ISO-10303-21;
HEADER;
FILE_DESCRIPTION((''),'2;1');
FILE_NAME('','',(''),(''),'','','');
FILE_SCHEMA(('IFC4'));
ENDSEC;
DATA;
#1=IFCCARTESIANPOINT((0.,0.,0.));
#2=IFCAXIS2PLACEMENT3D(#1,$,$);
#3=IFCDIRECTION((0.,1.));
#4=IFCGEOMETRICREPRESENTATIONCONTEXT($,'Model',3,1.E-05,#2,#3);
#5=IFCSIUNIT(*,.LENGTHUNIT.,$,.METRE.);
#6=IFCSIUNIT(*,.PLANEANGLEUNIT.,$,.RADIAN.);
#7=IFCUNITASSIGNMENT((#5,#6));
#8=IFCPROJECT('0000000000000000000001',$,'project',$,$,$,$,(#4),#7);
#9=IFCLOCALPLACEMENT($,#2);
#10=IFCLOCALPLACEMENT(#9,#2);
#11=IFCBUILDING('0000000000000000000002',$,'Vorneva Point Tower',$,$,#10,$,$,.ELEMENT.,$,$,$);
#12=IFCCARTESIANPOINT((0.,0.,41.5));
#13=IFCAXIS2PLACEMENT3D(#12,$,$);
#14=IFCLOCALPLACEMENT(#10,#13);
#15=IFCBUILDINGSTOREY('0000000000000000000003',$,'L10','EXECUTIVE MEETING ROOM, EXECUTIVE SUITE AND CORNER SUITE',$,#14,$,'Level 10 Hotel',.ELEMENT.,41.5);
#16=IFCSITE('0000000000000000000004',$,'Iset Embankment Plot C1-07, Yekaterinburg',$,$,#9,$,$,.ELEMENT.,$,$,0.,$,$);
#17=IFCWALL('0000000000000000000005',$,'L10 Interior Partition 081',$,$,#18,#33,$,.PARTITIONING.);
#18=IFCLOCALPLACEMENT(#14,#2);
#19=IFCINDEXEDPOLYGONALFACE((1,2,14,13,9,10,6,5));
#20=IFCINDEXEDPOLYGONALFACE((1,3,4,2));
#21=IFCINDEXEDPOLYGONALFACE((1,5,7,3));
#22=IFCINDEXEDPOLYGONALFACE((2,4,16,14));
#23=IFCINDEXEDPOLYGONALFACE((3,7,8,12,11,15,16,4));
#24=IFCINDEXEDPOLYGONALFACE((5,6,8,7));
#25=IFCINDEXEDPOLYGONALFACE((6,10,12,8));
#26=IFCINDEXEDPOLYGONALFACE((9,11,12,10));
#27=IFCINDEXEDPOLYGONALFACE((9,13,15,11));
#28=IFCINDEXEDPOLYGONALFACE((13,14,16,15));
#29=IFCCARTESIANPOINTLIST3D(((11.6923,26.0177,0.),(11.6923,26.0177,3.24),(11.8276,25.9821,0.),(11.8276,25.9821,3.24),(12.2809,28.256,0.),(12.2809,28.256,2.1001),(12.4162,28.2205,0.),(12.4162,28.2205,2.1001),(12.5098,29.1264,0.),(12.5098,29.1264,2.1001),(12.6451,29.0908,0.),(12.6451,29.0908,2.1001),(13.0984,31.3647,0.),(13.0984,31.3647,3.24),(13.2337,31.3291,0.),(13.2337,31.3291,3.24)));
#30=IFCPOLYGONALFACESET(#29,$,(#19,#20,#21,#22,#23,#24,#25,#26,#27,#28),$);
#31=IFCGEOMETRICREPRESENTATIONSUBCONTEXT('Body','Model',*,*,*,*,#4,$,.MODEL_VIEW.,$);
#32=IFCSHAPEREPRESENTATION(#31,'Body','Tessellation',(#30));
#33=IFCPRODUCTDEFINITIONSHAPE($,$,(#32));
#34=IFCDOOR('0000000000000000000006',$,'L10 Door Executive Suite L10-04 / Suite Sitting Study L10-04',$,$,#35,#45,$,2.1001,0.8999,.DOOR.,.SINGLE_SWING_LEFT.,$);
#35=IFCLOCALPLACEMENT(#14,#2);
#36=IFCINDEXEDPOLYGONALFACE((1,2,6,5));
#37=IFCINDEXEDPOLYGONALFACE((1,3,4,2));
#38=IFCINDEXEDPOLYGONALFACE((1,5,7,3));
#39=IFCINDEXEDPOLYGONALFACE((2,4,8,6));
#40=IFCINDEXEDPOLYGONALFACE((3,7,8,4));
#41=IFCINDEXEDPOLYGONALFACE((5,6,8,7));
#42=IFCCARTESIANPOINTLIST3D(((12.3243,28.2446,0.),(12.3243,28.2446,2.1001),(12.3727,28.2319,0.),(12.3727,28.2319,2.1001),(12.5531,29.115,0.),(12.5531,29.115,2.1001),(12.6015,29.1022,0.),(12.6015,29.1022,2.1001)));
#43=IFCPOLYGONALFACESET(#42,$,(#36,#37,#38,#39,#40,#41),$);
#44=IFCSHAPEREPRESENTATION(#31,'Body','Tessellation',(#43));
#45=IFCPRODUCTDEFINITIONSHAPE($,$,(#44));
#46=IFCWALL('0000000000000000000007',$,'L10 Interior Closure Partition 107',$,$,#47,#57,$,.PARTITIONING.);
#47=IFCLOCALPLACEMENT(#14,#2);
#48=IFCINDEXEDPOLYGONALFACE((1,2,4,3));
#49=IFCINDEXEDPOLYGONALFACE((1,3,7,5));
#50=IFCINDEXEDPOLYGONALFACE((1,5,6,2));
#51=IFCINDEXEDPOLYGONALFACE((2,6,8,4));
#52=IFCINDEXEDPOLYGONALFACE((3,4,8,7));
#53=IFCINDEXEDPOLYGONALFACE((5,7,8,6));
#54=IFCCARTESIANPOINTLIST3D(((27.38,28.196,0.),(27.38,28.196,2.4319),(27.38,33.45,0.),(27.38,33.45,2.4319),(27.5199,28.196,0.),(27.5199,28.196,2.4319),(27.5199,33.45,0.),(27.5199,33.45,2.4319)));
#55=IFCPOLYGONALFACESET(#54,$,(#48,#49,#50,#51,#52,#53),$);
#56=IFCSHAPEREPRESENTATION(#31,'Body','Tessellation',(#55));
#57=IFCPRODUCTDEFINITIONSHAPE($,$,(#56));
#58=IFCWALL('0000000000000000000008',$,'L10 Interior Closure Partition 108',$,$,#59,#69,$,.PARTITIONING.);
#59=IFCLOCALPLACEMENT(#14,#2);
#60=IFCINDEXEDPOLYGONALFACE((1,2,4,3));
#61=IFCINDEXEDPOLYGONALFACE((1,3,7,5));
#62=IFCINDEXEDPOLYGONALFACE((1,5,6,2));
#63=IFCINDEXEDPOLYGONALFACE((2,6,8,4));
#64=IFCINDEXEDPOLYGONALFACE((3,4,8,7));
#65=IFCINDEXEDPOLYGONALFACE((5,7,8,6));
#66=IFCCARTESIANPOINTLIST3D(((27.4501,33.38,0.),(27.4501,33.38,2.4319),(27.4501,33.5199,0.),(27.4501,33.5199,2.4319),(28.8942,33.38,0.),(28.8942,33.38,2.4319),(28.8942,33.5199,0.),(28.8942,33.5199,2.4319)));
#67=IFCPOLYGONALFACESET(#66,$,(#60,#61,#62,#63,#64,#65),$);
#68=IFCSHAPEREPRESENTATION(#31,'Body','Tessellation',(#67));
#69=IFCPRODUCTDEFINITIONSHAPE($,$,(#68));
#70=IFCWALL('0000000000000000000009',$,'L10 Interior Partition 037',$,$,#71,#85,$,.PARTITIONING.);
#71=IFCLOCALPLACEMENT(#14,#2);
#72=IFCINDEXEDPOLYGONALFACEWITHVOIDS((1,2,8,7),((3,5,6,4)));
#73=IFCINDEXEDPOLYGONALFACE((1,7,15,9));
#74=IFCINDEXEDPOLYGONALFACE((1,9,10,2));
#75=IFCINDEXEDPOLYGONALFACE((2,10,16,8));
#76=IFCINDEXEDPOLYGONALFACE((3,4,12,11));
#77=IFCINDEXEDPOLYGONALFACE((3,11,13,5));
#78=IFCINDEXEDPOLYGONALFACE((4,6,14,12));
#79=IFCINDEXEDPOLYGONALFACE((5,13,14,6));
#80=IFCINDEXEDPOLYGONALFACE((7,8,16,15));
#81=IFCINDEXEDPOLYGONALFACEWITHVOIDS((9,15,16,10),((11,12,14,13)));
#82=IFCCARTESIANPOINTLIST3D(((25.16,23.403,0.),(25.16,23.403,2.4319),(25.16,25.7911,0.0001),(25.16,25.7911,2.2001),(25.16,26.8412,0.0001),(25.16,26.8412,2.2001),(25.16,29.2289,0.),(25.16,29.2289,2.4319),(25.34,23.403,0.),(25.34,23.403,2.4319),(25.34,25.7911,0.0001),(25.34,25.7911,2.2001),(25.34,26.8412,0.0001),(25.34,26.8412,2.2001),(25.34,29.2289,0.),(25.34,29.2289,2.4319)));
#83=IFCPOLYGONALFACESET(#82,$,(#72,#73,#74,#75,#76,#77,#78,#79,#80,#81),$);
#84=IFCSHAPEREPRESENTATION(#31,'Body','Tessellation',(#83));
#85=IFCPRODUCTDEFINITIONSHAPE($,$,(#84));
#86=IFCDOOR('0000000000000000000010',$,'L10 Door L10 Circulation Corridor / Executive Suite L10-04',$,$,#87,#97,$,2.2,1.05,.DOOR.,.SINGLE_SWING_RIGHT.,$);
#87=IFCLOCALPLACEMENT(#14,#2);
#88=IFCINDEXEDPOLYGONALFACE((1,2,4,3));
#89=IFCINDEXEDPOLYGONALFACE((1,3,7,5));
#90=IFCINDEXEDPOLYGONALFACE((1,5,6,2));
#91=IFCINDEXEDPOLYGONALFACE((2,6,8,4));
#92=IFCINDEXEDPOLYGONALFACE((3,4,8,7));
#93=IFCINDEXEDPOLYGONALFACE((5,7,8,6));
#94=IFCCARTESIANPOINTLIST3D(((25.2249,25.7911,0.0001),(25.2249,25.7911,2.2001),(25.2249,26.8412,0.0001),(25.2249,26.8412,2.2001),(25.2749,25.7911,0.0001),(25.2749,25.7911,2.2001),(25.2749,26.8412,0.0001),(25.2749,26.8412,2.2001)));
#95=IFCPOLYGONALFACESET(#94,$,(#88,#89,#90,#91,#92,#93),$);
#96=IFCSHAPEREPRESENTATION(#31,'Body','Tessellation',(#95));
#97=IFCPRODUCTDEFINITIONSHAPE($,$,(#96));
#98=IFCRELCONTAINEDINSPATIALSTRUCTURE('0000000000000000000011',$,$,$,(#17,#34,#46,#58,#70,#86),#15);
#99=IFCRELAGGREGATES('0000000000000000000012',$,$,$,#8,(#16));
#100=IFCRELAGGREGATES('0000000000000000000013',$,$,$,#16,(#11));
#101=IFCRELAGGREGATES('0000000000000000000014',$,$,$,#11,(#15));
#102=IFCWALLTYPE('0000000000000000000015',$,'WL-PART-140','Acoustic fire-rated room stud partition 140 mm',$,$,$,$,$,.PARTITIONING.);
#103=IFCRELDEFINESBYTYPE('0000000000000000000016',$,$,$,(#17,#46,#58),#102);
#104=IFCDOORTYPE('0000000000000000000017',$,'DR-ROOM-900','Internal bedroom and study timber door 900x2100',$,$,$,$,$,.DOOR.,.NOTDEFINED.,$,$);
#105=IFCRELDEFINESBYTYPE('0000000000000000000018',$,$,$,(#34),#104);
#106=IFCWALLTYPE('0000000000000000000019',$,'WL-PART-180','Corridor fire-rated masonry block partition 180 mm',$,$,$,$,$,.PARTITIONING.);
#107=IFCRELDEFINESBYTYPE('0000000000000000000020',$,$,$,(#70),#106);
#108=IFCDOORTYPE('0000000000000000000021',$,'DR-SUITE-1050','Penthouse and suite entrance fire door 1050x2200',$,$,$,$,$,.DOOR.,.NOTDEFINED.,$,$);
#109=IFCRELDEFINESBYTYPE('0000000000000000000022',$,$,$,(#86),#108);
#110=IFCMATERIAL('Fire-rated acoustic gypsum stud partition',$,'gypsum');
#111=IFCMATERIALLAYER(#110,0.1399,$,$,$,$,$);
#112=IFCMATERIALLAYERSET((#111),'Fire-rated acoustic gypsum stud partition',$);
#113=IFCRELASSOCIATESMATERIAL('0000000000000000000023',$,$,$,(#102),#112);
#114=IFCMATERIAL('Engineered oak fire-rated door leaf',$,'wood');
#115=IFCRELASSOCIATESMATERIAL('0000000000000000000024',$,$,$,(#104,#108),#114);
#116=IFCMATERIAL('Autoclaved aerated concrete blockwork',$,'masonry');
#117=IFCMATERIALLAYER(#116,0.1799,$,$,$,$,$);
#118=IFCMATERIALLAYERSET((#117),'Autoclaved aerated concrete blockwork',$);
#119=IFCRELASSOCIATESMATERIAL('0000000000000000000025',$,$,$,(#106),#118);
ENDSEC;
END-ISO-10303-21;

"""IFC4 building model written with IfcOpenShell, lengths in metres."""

from ifc_helpers import new_model, si_unit, direction, frame, frame_2d, origin, place, context, subcontext, project, spatial, rectangle, extrude, material, layer, layer_set, type_object, element, fill, save


model = new_model("IFC4")

# Units and contexts
model_context = context("Model", 3, precision=1e-05, world=origin(), true_north=direction((0.0, 1.0)))
body_context = subcontext(model_context, "Body", "Model", "MODEL_VIEW")
ifc_project = project(units=[si_unit("LENGTHUNIT", "METRE"), si_unit("PLANEANGLEUNIT", "RADIAN")], contexts=[model_context])

# Site, building, storey
site_placement = place(None, origin())
site = spatial("IfcSite", under=ifc_project, at=site_placement, Name="Iset Embankment Plot C1-07, Yekaterinburg", CompositionType="ELEMENT", RefElevation=0.0)
building_placement = place(site_placement, origin())
building = spatial("IfcBuilding", under=site, at=building_placement, Name="Vorneva Point Tower", CompositionType="ELEMENT")
storey_placement = place(building_placement, frame((0.0, 0.0, 41.5)))
storey = spatial("IfcBuildingStorey", under=building, at=storey_placement, Name="L10", Description="EXECUTIVE MEETING ROOM, EXECUTIVE SUITE AND CORNER SUITE", LongName="Level 10 Hotel", CompositionType="ELEMENT", Elevation=41.5)

# Shared definitions
ifc_material_1 = material(Name="Fire-rated acoustic gypsum stud partition", Category="gypsum")

# Shared definitions
ifc_material_2 = material(Name="Engineered oak fire-rated door leaf", Category="wood")

# Shared definitions
ifc_layer_1 = layer(ifc_material_1, 0.1399)
ifc_layer_set_1 = layer_set([ifc_layer_1], Name="Fire-rated acoustic gypsum stud partition")
wall_type_1 = type_object("IfcWallType", Name="WL-PART-140", Description="Acoustic fire-rated room stud partition 140 mm", PredefinedType="PARTITIONING", material=ifc_layer_set_1)

# Wall, opening, door
wall_1_placement = place(storey_placement, frame((13.166, 31.3469, 0.0), z_axis=(0.0, 0.0, 1.0), x_axis=(-0.254311, -0.967123, 0.0)))
wall_1 = element("IfcWall", 1, at=wall_1_placement, inside=storey, type_object=wall_type_1, Name="L10 Interior Partition 081", PredefinedType="PARTITIONING", context=body_context, shape_type="SweptSolid", body=[
    extrude(rectangle(XDim=5.5288, YDim=0.1399, at=frame_2d((2.7644, 0.0))), origin(), (0.0, 0.0, 1.0), 3.24),
])
opening_1_placement = place(wall_1_placement, frame((2.3145, 0.0, 0.0)))
opening_1 = element("IfcOpeningElement", 2, at=opening_1_placement, cuts=wall_1, PredefinedType="OPENING", context=body_context, shape_type="SweptSolid", body=[
    extrude(rectangle(XDim=0.8999, YDim=2.1001, at=frame_2d((0.45, 1.05))), frame((0.0, 0.085, 0.0), z_axis=(0.0, -1.0, 0.0), x_axis=(1.0, 0.0, 0.0)), (0.0, 0.0, 1.0), 0.1697),
])
door_type_1 = type_object("IfcDoorType", Name="DR-ROOM-900", Description="Internal bedroom and study timber door 900x2100", OperationType="NOTDEFINED", PredefinedType="DOOR", material=ifc_material_2)
door_1_placement = place(opening_1_placement, origin())
door_1 = element("IfcDoor", 3, at=door_1_placement, inside=storey, type_object=door_type_1, Name="L10 Door Executive Suite L10-04 / Suite Sitting Study L10-04", OperationType="SINGLE_SWING_LEFT", OverallHeight=2.1001, OverallWidth=0.8999, PredefinedType="DOOR", context=body_context, shape_type="SweptSolid", body=[
    extrude(rectangle(XDim=0.8999, YDim=2.1001, at=frame_2d((0.45, 1.05))), frame((0.0, 0.0249, 0.0), z_axis=(0.0, -1.0, 0.0), x_axis=(1.0, 0.0, 0.0)), (0.0, 0.0, 1.0), 0.05),
])
fill(opening_1, door_1)

# Walls
wall_2_placement = place(storey_placement, frame((27.45, 28.196, 0.0), z_axis=(0.0, 0.0, 1.0), x_axis=(0.0, 1.0, 0.0)))
element("IfcWall", 4, at=wall_2_placement, inside=storey, type_object=wall_type_1, Name="L10 Interior Closure Partition 107", PredefinedType="PARTITIONING", context=body_context, shape_type="SweptSolid", body=[
    extrude(rectangle(XDim=5.2539, YDim=0.1399, at=frame_2d((2.627, 0.0))), origin(), (0.0, 0.0, 1.0), 2.4319),
])
wall_3_placement = place(storey_placement, frame((27.45, 33.45, 0.0), z_axis=(0.0, 0.0, 1.0), x_axis=(1.0, 0.0, 0.0)))
element("IfcWall", 5, at=wall_3_placement, inside=storey, type_object=wall_type_1, Name="L10 Interior Closure Partition 108", PredefinedType="PARTITIONING", context=body_context, shape_type="SweptSolid", body=[
    extrude(rectangle(XDim=1.4441, YDim=0.1399, at=frame_2d((0.7222, 0.0))), origin(), (0.0, 0.0, 1.0), 2.4319),
])

# Wall, opening, door
ifc_material_3 = material(Name="Autoclaved aerated concrete blockwork", Category="masonry")
ifc_layer_2 = layer(ifc_material_3, 0.1799)
ifc_layer_set_2 = layer_set([ifc_layer_2], Name="Autoclaved aerated concrete blockwork")
wall_type_2 = type_object("IfcWallType", Name="WL-PART-180", Description="Corridor fire-rated masonry block partition 180 mm", PredefinedType="PARTITIONING", material=ifc_layer_set_2)
wall_4_placement = place(storey_placement, frame((25.25, 29.229, 0.0), z_axis=(0.0, 0.0, 1.0), x_axis=(0.0, -1.0, 0.0)))
wall_4 = element("IfcWall", 6, at=wall_4_placement, inside=storey, type_object=wall_type_2, Name="L10 Interior Partition 037", PredefinedType="PARTITIONING", context=body_context, shape_type="SweptSolid", body=[
    extrude(rectangle(XDim=5.8259, YDim=0.1799, at=frame_2d((2.9131, 0.0))), origin(), (0.0, 0.0, 1.0), 2.4319),
])
opening_2_placement = place(wall_4_placement, frame((2.3879, 0.0, 0.0)))
opening_2 = element("IfcOpeningElement", 7, at=opening_2_placement, cuts=wall_4, PredefinedType="OPENING", context=body_context, shape_type="SweptSolid", body=[
    extrude(rectangle(XDim=1.05, YDim=2.2, at=frame_2d((0.5249, 1.1001))), frame((0.0, 0.105, 0.0), z_axis=(0.0, -1.0, 0.0), x_axis=(1.0, 0.0, 0.0)), (0.0, 0.0, 1.0), 0.2097),
])
door_type_2 = type_object("IfcDoorType", Name="DR-SUITE-1050", Description="Penthouse and suite entrance fire door 1050x2200", OperationType="NOTDEFINED", PredefinedType="DOOR", material=ifc_material_2)
door_2_placement = place(opening_2_placement, origin())
door_2 = element("IfcDoor", 8, at=door_2_placement, inside=storey, type_object=door_type_2, Name="L10 Door L10 Circulation Corridor / Executive Suite L10-04", OperationType="SINGLE_SWING_RIGHT", OverallHeight=2.2, OverallWidth=1.05, PredefinedType="DOOR", context=body_context, shape_type="SweptSolid", body=[
    extrude(rectangle(XDim=1.05, YDim=2.2, at=frame_2d((0.5249, 1.1001))), frame((0.0, 0.0249, 0.0), z_axis=(0.0, -1.0, 0.0), x_axis=(1.0, 0.0, 0.0)), (0.0, 0.0, 1.0), 0.05),
])
fill(opening_2, door_2)

save(model, "model.ifc")
